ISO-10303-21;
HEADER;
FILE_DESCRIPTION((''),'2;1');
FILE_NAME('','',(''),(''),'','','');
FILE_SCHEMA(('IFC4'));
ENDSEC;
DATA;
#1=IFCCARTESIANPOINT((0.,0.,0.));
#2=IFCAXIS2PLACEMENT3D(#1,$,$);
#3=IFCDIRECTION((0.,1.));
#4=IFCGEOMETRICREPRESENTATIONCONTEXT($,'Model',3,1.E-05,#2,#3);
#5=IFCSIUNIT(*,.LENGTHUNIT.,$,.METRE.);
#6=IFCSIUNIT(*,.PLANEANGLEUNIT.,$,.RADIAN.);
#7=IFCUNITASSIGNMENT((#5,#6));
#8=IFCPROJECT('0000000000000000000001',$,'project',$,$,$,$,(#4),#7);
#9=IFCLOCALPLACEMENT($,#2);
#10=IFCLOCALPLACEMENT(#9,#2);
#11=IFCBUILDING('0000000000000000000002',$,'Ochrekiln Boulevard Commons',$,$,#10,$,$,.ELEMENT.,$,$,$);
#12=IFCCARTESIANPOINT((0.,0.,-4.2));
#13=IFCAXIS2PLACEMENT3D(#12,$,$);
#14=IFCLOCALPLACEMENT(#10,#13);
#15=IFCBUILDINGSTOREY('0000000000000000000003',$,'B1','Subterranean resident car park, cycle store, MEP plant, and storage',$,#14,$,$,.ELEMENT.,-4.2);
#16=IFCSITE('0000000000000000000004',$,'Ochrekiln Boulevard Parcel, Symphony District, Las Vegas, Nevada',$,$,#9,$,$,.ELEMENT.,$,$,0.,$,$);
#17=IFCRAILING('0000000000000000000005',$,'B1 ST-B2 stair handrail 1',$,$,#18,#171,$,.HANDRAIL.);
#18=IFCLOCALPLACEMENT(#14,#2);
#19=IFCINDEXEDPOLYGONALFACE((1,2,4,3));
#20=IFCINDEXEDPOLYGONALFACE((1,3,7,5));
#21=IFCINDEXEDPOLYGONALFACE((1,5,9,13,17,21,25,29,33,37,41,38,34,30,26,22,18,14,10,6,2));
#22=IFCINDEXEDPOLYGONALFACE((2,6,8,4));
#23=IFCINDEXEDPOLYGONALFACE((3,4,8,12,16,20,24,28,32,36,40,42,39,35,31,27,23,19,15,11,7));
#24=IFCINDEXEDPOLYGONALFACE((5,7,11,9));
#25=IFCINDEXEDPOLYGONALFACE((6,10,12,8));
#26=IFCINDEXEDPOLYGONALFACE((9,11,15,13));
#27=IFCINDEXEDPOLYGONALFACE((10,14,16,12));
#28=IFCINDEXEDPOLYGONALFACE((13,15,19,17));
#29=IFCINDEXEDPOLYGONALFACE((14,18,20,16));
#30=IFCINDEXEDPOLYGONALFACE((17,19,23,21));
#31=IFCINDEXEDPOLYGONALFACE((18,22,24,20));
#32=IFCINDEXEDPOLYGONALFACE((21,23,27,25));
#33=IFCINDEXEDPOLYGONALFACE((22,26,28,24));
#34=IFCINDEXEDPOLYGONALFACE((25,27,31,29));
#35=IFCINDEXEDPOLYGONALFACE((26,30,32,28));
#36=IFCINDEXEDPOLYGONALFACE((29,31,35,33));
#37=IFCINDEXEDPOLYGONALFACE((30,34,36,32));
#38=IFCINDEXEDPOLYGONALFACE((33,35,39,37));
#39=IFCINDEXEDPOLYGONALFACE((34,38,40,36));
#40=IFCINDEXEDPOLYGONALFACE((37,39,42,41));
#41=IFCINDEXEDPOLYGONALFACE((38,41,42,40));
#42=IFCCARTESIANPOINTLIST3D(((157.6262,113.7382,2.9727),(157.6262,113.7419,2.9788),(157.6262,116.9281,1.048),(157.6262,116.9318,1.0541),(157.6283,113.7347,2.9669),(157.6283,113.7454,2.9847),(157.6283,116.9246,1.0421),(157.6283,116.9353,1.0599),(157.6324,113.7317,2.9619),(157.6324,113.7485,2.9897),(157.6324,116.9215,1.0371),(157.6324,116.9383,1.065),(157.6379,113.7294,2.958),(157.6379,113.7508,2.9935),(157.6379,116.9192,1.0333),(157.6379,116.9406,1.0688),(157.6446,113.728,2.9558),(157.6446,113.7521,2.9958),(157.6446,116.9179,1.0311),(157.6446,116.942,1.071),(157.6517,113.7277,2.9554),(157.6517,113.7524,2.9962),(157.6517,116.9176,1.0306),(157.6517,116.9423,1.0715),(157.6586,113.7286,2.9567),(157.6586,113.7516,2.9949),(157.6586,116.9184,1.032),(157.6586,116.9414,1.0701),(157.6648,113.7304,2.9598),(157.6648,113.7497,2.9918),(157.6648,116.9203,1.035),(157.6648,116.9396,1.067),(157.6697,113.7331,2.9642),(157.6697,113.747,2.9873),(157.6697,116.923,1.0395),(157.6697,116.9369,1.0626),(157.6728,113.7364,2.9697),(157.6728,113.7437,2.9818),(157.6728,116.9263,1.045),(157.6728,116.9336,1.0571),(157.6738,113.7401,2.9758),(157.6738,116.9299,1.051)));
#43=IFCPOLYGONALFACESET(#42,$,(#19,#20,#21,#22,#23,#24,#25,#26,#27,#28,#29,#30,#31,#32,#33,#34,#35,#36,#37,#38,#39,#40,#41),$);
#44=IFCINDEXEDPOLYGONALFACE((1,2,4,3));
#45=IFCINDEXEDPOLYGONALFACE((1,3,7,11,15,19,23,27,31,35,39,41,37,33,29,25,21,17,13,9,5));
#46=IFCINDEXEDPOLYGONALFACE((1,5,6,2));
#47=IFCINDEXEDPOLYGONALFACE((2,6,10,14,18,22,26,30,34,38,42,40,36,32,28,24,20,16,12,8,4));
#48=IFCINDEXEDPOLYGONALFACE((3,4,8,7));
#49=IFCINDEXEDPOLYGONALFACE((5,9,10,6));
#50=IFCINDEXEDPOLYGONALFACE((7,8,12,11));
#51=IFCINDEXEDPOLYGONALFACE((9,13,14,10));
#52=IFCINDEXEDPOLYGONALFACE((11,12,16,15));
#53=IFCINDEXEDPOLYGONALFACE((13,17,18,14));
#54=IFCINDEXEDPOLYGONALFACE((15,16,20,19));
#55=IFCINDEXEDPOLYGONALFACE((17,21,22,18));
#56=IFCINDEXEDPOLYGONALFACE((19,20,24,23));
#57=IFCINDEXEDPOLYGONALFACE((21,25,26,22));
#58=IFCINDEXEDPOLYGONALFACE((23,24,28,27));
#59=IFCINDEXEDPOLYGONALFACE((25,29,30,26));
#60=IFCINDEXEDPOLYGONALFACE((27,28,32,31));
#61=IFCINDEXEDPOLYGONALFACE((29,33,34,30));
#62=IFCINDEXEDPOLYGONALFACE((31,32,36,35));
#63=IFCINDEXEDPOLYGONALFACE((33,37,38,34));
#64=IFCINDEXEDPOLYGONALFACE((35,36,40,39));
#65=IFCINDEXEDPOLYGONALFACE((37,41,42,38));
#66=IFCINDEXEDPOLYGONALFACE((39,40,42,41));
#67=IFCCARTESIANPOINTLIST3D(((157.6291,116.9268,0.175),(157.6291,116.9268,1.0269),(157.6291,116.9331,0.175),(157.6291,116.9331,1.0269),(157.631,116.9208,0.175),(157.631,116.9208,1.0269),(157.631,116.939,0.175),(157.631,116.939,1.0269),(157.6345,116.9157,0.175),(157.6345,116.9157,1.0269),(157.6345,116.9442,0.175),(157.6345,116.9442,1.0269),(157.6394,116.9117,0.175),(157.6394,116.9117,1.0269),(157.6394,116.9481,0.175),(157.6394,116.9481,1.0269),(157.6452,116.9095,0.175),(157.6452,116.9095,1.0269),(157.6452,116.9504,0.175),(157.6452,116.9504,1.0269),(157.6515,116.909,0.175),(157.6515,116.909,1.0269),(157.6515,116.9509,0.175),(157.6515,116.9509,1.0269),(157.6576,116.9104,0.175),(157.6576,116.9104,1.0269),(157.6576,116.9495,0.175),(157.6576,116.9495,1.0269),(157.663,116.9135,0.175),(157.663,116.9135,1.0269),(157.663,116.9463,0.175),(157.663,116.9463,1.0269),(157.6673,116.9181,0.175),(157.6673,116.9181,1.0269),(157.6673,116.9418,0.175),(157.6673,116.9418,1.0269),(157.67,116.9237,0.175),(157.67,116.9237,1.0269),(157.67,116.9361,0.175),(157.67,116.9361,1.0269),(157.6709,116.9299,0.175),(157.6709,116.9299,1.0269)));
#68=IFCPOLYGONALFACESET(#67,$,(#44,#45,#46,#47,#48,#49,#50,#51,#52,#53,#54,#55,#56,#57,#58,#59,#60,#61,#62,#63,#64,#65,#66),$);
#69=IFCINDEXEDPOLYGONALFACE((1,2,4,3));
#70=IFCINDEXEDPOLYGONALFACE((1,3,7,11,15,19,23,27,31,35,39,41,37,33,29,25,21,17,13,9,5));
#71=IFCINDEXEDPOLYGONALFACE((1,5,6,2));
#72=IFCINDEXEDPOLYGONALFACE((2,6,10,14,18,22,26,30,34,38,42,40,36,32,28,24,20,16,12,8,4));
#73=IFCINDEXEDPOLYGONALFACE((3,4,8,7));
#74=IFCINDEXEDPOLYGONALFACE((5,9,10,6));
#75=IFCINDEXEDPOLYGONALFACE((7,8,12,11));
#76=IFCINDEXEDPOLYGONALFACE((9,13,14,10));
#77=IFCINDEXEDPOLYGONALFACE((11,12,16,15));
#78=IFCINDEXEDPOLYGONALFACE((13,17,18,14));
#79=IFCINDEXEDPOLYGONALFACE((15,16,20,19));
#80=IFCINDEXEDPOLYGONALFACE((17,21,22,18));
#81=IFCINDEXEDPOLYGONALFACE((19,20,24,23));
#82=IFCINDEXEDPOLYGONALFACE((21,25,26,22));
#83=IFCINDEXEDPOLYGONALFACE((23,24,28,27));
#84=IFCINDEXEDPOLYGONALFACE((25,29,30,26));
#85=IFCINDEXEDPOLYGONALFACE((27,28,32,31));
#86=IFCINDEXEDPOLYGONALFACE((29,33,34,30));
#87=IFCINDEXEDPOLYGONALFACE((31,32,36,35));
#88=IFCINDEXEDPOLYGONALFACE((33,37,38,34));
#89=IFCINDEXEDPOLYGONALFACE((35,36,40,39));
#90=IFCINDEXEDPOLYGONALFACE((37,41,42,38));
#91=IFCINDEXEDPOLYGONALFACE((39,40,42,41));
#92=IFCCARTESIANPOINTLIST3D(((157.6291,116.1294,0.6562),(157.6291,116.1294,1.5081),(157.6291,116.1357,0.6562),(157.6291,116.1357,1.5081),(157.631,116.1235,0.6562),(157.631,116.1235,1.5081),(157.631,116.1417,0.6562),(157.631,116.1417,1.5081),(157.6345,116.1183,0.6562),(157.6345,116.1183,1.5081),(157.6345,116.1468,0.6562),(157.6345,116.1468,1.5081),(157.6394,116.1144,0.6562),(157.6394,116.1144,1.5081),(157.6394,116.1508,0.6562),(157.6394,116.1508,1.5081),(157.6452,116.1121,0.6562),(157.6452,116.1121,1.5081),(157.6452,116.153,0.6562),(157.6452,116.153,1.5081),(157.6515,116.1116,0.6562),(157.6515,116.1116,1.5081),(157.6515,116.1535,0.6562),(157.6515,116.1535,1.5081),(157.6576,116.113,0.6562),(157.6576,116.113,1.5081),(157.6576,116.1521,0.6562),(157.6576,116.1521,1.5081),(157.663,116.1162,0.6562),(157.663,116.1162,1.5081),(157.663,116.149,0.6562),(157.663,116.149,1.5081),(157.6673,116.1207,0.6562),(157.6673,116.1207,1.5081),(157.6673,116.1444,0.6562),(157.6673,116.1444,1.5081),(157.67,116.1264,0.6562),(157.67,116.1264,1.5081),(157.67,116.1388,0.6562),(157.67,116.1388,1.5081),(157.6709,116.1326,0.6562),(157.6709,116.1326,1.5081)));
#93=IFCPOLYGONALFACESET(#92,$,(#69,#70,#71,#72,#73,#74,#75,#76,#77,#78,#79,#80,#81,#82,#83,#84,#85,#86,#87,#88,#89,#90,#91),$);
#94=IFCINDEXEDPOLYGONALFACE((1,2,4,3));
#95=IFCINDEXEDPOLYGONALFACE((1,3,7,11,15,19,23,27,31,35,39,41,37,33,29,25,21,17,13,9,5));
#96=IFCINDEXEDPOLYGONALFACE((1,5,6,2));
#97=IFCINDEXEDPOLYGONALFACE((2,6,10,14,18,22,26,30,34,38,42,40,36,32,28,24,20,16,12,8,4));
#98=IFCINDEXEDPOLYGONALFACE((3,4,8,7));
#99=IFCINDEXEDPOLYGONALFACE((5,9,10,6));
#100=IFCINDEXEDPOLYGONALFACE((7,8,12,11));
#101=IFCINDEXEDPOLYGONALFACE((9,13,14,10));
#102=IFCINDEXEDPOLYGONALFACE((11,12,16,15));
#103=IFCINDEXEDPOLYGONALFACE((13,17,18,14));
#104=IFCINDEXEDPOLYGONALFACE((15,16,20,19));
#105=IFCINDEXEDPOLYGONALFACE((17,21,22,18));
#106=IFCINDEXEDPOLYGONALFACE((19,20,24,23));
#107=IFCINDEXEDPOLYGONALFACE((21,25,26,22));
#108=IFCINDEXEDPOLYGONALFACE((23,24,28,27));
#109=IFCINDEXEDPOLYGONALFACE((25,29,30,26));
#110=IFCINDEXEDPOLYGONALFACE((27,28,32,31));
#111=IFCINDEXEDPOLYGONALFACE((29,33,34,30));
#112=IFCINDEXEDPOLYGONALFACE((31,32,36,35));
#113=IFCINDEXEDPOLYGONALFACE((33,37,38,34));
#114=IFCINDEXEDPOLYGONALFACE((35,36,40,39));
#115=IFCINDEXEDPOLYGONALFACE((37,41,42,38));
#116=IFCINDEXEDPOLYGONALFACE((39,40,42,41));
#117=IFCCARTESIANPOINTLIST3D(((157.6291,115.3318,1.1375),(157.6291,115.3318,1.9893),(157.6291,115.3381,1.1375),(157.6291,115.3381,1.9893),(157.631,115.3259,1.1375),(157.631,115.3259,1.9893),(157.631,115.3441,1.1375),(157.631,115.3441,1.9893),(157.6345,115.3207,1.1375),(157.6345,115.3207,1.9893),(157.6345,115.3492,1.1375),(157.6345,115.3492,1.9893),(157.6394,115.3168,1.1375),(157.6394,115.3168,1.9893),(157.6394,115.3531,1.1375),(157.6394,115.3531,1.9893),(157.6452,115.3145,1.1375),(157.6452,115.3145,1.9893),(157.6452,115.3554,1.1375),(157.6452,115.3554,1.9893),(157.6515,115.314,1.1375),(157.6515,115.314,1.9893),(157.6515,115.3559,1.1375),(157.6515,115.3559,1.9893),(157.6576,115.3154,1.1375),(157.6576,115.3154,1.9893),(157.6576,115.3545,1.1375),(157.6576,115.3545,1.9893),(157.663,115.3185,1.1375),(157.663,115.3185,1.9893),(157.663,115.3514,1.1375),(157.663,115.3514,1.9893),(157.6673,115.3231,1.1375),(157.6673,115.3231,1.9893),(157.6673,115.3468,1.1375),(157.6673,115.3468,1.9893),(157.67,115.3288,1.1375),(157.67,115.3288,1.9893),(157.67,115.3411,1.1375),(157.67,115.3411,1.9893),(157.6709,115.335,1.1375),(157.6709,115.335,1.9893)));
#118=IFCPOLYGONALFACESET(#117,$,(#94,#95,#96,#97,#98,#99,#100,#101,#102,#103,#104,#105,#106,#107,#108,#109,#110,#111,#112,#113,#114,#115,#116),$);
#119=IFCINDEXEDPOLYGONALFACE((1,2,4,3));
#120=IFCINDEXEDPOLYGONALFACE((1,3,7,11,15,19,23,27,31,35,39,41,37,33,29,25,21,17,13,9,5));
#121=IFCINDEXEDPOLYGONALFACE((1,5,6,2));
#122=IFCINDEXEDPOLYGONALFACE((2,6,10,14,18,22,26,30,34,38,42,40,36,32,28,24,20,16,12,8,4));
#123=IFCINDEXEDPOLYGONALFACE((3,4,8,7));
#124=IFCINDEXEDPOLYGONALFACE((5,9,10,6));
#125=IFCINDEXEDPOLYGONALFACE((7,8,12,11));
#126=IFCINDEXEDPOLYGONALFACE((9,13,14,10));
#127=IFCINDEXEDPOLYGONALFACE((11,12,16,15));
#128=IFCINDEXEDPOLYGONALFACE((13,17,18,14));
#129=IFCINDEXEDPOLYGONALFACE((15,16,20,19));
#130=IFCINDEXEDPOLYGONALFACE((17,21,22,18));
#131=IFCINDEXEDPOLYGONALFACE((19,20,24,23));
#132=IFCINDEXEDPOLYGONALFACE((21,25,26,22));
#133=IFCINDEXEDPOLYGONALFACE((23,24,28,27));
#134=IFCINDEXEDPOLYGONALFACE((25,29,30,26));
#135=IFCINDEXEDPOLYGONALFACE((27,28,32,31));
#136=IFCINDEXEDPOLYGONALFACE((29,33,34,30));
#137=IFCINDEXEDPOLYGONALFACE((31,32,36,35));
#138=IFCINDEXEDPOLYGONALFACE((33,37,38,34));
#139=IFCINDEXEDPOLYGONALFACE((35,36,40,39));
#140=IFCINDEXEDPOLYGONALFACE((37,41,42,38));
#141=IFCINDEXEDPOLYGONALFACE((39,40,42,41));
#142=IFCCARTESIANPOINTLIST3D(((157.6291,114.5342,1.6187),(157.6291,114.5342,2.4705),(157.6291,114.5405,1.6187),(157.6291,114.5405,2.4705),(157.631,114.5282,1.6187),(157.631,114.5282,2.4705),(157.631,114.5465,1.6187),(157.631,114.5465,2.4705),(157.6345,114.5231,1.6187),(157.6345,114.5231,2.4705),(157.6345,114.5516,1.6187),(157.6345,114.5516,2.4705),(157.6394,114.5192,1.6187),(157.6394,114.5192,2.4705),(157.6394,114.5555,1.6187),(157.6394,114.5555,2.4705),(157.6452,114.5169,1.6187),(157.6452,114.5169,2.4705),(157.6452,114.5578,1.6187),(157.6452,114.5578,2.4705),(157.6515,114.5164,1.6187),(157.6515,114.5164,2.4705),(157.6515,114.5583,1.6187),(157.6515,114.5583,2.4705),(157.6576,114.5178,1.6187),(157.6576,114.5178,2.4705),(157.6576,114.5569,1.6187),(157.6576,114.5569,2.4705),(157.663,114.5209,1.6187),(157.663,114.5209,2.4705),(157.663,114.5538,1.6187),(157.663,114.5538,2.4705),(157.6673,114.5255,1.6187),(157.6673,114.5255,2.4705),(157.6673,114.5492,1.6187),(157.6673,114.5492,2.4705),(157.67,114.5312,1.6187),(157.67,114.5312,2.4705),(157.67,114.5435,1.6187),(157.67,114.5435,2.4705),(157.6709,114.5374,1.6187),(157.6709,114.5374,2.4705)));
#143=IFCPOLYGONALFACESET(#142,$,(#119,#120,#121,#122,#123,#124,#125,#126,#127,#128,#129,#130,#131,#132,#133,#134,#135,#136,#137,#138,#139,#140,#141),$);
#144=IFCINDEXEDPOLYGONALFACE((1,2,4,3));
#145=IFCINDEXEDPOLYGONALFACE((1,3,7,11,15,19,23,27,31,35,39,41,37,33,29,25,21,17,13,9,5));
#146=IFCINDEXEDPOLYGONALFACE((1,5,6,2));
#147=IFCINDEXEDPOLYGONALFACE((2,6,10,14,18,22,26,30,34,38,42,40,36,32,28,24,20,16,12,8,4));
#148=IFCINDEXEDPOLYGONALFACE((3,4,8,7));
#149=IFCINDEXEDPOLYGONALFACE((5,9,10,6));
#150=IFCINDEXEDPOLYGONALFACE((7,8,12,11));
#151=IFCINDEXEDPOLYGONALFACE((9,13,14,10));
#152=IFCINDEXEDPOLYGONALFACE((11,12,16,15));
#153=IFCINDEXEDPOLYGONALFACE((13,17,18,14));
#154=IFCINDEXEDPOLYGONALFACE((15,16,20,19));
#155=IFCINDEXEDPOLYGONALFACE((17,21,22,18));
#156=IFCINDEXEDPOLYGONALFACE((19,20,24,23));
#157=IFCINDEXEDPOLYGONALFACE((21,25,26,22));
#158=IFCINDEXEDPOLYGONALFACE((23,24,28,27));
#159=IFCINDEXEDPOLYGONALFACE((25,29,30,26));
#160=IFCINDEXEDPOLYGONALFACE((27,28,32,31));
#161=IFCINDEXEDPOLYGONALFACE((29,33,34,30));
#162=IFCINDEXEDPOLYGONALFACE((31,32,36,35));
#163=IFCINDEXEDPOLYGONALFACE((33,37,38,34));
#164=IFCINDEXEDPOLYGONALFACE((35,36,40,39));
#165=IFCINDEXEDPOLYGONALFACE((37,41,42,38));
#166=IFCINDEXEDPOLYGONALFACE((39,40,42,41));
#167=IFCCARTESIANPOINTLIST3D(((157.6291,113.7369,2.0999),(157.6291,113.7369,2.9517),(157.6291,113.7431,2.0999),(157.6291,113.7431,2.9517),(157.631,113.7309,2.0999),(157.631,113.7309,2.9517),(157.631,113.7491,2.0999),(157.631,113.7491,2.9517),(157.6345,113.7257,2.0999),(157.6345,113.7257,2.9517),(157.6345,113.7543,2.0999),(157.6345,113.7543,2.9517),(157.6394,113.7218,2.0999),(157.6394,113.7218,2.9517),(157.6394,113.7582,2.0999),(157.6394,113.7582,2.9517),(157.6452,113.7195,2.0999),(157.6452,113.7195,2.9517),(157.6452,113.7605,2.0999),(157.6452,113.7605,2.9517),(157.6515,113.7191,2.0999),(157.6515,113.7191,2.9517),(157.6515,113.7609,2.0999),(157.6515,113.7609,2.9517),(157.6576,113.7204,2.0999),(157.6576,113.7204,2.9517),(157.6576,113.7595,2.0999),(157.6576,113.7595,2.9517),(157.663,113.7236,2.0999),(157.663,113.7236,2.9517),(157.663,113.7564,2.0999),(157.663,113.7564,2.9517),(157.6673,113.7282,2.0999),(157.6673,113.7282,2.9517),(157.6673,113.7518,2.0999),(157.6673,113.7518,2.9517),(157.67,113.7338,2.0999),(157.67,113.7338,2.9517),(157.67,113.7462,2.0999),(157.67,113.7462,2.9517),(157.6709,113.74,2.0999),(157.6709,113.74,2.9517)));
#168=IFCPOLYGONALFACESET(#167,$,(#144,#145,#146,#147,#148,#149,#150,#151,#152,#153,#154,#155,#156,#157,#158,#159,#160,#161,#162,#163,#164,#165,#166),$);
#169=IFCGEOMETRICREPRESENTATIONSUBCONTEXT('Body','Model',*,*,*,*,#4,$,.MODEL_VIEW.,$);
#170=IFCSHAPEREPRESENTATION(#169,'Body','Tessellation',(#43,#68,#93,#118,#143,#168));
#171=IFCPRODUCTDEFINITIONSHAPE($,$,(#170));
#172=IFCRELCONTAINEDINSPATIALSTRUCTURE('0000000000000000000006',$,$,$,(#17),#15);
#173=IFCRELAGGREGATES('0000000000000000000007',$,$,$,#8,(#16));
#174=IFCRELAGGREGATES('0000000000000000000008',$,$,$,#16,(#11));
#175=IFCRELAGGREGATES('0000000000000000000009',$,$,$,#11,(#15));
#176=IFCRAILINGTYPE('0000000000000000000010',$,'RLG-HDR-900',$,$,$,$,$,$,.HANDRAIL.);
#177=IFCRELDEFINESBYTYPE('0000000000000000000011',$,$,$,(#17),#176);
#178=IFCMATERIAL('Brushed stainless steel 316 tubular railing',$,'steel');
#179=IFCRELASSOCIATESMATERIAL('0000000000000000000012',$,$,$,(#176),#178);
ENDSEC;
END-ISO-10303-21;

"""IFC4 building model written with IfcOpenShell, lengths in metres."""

from ifc_helpers import new_model, si_unit, direction, frame, origin, origin_2d, place, context, subcontext, project, spatial, circle, extrude, material, type_object, element, save


model = new_model("IFC4")

# Units and contexts
model_context = context("Model", 3, precision=1e-05, world=origin(), true_north=direction((0.0, 1.0)))
body_context = subcontext(model_context, "Body", "Model", "MODEL_VIEW")
ifc_project = project(units=[si_unit("LENGTHUNIT", "METRE"), si_unit("PLANEANGLEUNIT", "RADIAN")], contexts=[model_context])

# Site, building, storey
site_placement = place(None, origin())
site = spatial("IfcSite", under=ifc_project, at=site_placement, Name="Ochrekiln Boulevard Parcel, Symphony District, Las Vegas, Nevada", CompositionType="ELEMENT", RefElevation=0.0)
building_placement = place(site_placement, origin())
building = spatial("IfcBuilding", under=site, at=building_placement, Name="Ochrekiln Boulevard Commons", CompositionType="ELEMENT")
storey_placement = place(building_placement, frame((0.0, 0.0, -4.2)))
storey = spatial("IfcBuildingStorey", under=building, at=storey_placement, Name="B1", Description="Subterranean resident car park, cycle store, MEP plant, and storage", CompositionType="ELEMENT", Elevation=-4.2)

# Railing
ifc_material_1 = material(Name="Brushed stainless steel 316 tubular railing", Category="steel")
railing_type_1 = type_object("IfcRailingType", Name="RLG-HDR-900", PredefinedType="HANDRAIL", material=ifc_material_1)
railing_1_placement = place(storey_placement, frame((157.6499, 116.9299, 0.175)))
element("IfcRailing", 1, at=railing_1_placement, inside=storey, type_object=railing_type_1, Name="B1 ST-B2 stair handrail 1", PredefinedType="HANDRAIL", context=body_context, shape_type="SweptSolid", body=[
    extrude(circle(Radius=0.0239, at=origin_2d()), frame((0.0, 0.0, 0.876), z_axis=(0.0, -0.856207, 0.516633), x_axis=(1.0, 0.0, 0.0)), (0.0, 0.0, 1.0), 3.7256),
    extrude(circle(Radius=0.021, at=origin_2d()), origin(), (0.0, 0.0, 1.0), 0.8518),
    extrude(circle(Radius=0.021, at=origin_2d()), frame((0.0, -0.7974, 0.4812)), (0.0, 0.0, 1.0), 0.8518),
    extrude(circle(Radius=0.021, at=origin_2d()), frame((0.0, -1.595, 0.9624)), (0.0, 0.0, 1.0), 0.8518),
    extrude(circle(Radius=0.021, at=origin_2d()), frame((0.0, -2.3926, 1.4436)), (0.0, 0.0, 1.0), 0.8518),
    extrude(circle(Radius=0.021, at=origin_2d()), frame((0.0, -3.1899, 1.9248)), (0.0, 0.0, 1.0), 0.8518),
])

save(model, "model.ifc")
